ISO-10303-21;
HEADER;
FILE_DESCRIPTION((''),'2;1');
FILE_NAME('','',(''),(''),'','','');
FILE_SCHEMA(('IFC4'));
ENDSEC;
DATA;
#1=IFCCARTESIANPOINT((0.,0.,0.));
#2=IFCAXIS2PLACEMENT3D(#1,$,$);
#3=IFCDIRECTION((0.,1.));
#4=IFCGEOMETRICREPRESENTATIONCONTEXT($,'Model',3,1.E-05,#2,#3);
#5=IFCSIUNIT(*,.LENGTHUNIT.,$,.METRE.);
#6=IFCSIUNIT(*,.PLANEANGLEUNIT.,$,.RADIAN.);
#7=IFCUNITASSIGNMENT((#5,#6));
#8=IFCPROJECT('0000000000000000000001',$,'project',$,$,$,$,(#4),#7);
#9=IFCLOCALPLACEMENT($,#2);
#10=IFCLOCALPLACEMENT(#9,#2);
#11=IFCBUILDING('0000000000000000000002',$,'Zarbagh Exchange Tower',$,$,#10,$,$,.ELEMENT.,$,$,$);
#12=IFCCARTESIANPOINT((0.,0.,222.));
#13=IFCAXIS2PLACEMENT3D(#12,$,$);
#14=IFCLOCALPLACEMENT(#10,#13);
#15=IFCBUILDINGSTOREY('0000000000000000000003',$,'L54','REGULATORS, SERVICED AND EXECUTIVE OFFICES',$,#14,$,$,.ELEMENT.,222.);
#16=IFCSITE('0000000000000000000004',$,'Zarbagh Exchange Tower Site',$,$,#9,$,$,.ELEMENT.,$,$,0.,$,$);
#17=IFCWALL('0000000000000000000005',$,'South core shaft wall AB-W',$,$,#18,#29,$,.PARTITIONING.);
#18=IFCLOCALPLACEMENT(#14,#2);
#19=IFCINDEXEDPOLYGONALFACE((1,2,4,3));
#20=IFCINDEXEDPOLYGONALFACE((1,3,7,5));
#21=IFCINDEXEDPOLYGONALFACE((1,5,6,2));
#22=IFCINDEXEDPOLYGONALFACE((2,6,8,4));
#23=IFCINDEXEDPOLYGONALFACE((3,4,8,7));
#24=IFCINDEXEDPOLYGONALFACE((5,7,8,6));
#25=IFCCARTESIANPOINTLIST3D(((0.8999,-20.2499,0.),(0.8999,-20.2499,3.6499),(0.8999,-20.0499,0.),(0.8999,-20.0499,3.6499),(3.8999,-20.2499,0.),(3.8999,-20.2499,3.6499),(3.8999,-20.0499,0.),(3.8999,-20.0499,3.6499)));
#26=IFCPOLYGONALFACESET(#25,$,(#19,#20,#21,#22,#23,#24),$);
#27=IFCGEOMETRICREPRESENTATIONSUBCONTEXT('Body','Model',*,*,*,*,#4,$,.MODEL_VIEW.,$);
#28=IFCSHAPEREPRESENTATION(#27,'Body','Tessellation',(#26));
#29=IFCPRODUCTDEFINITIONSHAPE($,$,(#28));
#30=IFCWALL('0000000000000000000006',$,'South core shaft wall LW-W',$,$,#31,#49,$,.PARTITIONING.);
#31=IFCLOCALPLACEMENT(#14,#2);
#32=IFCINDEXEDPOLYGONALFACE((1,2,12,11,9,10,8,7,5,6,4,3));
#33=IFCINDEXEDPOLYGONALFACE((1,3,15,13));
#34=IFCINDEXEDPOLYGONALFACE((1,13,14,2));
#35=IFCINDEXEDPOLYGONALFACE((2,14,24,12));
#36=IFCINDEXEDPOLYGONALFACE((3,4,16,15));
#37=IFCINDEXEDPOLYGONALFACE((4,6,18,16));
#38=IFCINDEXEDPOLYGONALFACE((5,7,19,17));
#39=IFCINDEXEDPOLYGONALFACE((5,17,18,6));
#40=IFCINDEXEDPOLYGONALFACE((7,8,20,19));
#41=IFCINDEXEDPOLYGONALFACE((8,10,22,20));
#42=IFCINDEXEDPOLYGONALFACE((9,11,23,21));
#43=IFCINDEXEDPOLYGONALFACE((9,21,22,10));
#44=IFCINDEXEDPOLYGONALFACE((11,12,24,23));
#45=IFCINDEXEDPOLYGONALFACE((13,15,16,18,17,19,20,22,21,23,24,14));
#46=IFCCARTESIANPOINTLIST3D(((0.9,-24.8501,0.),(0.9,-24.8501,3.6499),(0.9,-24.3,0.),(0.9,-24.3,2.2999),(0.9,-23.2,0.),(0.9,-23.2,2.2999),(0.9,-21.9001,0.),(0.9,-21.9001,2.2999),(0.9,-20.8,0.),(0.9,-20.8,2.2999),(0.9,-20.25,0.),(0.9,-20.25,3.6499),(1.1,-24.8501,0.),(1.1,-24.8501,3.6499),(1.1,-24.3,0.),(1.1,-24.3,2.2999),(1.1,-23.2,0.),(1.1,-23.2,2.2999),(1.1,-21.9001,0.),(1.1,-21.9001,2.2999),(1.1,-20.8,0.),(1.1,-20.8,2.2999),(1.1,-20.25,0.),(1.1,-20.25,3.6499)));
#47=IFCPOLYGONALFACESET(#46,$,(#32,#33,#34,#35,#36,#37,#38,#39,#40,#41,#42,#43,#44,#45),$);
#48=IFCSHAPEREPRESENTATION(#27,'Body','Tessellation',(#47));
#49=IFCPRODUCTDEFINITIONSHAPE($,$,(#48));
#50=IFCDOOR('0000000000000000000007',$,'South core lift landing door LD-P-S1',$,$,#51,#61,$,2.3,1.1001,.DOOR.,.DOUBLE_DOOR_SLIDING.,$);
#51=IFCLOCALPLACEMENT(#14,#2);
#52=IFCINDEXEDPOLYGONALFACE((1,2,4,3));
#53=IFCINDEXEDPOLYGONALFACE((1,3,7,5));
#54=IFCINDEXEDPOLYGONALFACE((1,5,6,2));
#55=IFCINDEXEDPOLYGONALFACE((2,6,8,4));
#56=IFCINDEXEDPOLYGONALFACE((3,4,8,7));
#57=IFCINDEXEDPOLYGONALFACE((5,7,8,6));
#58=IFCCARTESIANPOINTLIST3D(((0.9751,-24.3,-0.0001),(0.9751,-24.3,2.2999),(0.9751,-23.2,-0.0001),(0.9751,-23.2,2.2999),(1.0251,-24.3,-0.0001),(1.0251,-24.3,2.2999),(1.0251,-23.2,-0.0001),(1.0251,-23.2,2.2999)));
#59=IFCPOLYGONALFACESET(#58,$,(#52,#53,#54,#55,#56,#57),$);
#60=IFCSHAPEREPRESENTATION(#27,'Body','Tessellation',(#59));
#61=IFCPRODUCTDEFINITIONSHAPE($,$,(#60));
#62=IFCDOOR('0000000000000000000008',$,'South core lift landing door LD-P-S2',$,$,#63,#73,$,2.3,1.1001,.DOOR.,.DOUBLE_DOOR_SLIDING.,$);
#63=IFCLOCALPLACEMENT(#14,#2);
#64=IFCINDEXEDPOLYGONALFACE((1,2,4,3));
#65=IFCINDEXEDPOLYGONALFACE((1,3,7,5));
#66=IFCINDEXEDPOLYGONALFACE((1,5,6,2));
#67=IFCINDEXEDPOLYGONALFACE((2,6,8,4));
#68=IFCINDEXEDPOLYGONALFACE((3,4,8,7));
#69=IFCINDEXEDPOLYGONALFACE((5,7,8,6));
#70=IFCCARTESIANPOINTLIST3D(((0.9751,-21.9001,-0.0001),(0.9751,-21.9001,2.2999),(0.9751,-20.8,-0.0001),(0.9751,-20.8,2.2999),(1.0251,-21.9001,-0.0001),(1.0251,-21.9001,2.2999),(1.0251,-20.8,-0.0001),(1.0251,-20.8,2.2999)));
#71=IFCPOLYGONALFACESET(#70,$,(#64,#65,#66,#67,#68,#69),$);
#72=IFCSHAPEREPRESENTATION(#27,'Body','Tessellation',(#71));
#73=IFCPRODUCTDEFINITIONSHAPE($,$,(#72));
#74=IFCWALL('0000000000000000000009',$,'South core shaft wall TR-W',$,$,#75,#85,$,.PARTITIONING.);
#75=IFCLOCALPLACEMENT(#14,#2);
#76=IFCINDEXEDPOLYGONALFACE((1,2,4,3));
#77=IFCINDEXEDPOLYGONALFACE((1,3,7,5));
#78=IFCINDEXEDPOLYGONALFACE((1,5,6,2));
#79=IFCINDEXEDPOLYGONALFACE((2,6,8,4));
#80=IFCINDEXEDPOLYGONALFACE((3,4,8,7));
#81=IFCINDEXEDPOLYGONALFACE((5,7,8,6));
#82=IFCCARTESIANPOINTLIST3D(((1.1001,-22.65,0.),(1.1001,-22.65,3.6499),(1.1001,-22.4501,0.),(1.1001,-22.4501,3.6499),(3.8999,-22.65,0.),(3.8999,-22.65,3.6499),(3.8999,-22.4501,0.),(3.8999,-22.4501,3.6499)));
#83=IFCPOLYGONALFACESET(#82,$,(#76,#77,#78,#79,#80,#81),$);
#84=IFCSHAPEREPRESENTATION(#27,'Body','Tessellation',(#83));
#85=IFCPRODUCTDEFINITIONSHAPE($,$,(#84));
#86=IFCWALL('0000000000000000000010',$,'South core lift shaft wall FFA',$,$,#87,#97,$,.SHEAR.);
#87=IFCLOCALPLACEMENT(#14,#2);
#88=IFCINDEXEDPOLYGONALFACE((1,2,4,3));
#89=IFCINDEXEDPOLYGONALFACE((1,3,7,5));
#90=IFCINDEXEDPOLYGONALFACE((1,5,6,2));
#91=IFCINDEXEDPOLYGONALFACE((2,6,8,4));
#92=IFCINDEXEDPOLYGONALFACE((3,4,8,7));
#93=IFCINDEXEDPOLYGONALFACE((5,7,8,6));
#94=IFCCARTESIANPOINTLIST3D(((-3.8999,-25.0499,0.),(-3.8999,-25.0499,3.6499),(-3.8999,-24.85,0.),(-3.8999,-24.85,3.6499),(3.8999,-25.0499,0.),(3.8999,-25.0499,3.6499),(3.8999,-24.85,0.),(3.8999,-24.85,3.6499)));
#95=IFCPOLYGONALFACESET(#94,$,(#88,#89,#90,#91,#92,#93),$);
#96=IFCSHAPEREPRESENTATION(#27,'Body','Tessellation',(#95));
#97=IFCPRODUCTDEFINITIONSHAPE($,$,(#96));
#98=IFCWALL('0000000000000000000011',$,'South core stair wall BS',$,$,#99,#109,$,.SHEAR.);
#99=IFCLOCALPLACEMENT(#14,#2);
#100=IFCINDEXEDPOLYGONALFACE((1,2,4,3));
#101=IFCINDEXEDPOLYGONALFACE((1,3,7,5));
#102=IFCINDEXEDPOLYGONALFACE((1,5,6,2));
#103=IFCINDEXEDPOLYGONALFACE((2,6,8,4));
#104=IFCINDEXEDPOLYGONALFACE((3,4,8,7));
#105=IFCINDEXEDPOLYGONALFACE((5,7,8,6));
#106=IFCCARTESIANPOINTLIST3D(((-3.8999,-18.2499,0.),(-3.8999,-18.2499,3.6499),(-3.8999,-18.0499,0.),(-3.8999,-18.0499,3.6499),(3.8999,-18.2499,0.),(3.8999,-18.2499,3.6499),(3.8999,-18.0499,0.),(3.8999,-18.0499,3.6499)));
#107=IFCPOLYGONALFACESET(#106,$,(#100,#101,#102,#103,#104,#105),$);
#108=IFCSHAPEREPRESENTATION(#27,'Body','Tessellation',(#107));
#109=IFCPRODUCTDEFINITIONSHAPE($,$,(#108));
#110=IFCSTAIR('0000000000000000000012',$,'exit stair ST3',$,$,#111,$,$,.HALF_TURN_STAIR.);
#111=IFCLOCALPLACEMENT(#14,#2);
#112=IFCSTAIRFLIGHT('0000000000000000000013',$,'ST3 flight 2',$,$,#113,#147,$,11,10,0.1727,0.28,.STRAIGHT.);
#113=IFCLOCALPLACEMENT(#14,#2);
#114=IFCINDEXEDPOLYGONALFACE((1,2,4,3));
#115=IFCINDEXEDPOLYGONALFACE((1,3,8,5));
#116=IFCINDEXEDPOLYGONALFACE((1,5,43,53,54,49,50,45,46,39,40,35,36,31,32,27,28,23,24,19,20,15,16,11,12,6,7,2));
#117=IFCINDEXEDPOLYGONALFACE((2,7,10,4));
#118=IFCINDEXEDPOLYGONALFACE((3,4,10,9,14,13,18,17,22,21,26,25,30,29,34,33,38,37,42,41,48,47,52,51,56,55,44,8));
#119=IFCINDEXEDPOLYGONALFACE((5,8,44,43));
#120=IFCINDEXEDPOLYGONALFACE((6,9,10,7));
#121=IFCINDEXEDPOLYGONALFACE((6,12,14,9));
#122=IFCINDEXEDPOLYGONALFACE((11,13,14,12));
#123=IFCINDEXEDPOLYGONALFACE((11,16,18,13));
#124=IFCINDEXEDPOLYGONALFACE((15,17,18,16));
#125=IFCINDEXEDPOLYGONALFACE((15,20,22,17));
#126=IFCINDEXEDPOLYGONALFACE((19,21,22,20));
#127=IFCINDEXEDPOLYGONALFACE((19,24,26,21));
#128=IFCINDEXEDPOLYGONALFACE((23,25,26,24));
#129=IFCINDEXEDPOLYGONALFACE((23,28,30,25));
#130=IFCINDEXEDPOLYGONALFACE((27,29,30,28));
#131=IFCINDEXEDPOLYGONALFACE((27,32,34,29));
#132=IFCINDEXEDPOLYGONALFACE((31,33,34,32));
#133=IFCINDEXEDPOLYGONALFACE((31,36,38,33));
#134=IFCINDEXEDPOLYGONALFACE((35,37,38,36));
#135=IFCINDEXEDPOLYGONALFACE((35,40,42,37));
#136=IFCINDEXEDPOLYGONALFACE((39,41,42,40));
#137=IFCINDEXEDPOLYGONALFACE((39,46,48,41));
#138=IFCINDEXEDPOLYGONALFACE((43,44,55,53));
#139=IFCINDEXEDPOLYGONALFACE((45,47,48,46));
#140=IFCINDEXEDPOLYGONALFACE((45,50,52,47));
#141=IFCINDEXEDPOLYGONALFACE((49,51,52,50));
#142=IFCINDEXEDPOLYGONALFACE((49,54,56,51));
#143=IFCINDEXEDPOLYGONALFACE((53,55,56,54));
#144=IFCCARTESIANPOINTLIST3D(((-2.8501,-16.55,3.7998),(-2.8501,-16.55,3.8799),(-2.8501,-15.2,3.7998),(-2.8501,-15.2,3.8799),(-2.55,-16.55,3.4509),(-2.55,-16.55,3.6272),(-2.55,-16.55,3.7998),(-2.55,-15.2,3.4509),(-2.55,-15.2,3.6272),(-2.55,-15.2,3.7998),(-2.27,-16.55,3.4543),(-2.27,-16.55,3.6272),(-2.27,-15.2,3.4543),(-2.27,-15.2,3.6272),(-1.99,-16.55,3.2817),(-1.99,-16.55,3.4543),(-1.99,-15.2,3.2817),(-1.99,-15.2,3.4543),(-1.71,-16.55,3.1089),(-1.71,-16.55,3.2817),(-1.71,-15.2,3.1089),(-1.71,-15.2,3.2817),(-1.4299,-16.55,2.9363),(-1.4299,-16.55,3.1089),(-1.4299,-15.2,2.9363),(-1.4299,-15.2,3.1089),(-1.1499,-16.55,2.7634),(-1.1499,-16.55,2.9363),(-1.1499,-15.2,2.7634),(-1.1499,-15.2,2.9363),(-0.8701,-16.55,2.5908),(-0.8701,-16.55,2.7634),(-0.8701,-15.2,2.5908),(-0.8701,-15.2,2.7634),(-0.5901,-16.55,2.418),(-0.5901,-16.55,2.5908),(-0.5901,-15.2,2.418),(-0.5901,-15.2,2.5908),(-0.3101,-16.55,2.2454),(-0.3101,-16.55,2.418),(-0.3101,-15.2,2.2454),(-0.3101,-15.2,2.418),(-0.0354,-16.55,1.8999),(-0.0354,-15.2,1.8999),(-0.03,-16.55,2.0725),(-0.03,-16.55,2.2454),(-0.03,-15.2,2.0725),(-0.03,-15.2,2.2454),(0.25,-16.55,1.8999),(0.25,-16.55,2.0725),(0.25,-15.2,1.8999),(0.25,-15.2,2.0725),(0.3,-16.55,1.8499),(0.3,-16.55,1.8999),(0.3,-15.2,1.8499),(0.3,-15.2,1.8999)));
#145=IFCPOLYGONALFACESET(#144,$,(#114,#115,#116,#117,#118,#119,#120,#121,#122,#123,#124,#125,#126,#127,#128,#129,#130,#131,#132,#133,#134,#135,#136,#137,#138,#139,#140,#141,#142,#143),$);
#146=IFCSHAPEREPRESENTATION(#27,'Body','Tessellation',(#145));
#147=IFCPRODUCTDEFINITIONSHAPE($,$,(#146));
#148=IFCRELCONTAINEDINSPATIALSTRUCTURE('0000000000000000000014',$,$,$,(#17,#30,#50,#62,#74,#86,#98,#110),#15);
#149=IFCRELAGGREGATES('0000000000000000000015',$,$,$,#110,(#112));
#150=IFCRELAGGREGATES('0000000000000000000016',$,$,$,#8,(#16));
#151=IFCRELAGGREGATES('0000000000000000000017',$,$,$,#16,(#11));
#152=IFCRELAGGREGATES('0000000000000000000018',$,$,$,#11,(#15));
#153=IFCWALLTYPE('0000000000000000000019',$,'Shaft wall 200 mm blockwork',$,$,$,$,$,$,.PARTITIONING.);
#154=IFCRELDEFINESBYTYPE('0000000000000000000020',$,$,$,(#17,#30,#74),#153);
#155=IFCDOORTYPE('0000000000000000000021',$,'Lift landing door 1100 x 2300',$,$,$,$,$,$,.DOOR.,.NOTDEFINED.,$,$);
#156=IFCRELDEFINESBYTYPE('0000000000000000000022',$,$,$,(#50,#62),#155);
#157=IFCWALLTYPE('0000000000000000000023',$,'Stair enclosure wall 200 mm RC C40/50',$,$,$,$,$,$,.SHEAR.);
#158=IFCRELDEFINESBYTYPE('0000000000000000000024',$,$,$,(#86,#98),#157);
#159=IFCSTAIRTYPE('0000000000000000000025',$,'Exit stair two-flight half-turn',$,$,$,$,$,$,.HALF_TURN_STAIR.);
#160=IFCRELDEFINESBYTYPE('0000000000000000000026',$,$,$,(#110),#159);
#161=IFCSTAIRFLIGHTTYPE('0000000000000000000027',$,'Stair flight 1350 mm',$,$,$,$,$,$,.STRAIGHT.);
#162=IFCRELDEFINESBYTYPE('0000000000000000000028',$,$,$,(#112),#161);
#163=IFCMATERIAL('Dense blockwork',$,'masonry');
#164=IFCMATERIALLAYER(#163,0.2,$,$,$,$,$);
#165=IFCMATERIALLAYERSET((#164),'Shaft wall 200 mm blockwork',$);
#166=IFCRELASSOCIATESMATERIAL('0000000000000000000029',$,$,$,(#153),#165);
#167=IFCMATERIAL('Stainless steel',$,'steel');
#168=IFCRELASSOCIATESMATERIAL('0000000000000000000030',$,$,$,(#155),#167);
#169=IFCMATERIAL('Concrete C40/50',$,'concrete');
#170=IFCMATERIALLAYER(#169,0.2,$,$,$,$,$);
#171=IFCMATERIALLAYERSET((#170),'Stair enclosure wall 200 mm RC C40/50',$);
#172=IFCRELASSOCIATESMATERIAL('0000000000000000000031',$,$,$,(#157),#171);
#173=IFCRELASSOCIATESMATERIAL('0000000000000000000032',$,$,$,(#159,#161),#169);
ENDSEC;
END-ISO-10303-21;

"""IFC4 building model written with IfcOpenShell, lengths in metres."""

from ifc_helpers import new_model, si_unit, direction, frame, frame_2d, origin, place, context, subcontext, project, spatial, polyline, rectangle, outline, extrude, material, layer, layer_set, type_object, element, fill, aggregate, save


model = new_model("IFC4")

# Units and contexts
model_context = context("Model", 3, precision=1e-05, world=origin(), true_north=direction((0.0, 1.0)))
body_context = subcontext(model_context, "Body", "Model", "MODEL_VIEW")
ifc_project = project(units=[si_unit("LENGTHUNIT", "METRE"), si_unit("PLANEANGLEUNIT", "RADIAN")], contexts=[model_context])

# Site, building, storey
site_placement = place(None, origin())
site = spatial("IfcSite", under=ifc_project, at=site_placement, Name="Zarbagh Exchange Tower Site", CompositionType="ELEMENT", RefElevation=0.0)
building_placement = place(site_placement, origin())
building = spatial("IfcBuilding", under=site, at=building_placement, Name="Zarbagh Exchange Tower", CompositionType="ELEMENT")
storey_placement = place(building_placement, frame((0.0, 0.0, 222.0)))
storey = spatial("IfcBuildingStorey", under=building, at=storey_placement, Name="L54", Description="REGULATORS, SERVICED AND EXECUTIVE OFFICES", CompositionType="ELEMENT", Elevation=222.0)

# Wall
ifc_material_1 = material(Name="Dense blockwork", Category="masonry")
ifc_layer_1 = layer(ifc_material_1, 0.2)
ifc_layer_set_1 = layer_set([ifc_layer_1], Name="Shaft wall 200 mm blockwork")
wall_type_1 = type_object("IfcWallType", Name="Shaft wall 200 mm blockwork", PredefinedType="PARTITIONING", material=ifc_layer_set_1)
wall_1_placement = place(storey_placement, frame((3.8999, -20.1499, 0.0), z_axis=(0.0, 0.0, 1.0), x_axis=(-1.0, 0.0, 0.0)))
element("IfcWall", 1, at=wall_1_placement, inside=storey, type_object=wall_type_1, Name="South core shaft wall AB-W", PredefinedType="PARTITIONING", context=body_context, shape_type="SweptSolid", body=[
    extrude(rectangle(XDim=3.0, YDim=0.2, at=frame_2d((1.5, 0.0))), origin(), (0.0, 0.0, 1.0), 3.6499),
])

# Wall, openings, doors
wall_2_placement = place(storey_placement, frame((1.0, -24.8501, 0.0), z_axis=(0.0, 0.0, 1.0), x_axis=(0.0, 1.0, 0.0)))
wall_2 = element("IfcWall", 2, at=wall_2_placement, inside=storey, type_object=wall_type_1, Name="South core shaft wall LW-W", PredefinedType="PARTITIONING", context=body_context, shape_type="SweptSolid", body=[
    extrude(rectangle(XDim=4.6001, YDim=0.2, at=frame_2d((2.3, 0.0))), origin(), (0.0, 0.0, 1.0), 3.6499),
])
opening_1_placement = place(wall_2_placement, frame((0.55, 0.0, 0.0)))
opening_1 = element("IfcOpeningElement", 3, at=opening_1_placement, cuts=wall_2, PredefinedType="OPENING", context=body_context, shape_type="SweptSolid", body=[
    extrude(rectangle(XDim=1.1001, YDim=2.3, at=frame_2d((0.55, 1.1499))), frame((0.0, 0.1099, 0.0), z_axis=(0.0, -1.0, 0.0), x_axis=(1.0, 0.0, 0.0)), (0.0, 0.0, 1.0), 0.22),
])
opening_2_placement = place(wall_2_placement, frame((2.95, 0.0, 0.0)))
opening_2 = element("IfcOpeningElement", 4, at=opening_2_placement, cuts=wall_2, PredefinedType="OPENING", context=body_context, shape_type="SweptSolid", body=[
    extrude(rectangle(XDim=1.1001, YDim=2.3, at=frame_2d((0.55, 1.1499))), frame((0.0, 0.1099, 0.0), z_axis=(0.0, -1.0, 0.0), x_axis=(1.0, 0.0, 0.0)), (0.0, 0.0, 1.0), 0.22),
])
ifc_material_2 = material(Name="Stainless steel", Category="steel")
door_type_1 = type_object("IfcDoorType", Name="Lift landing door 1100 x 2300", OperationType="NOTDEFINED", PredefinedType="DOOR", material=ifc_material_2)
door_1_placement = place(opening_1_placement, origin())
door_1 = element("IfcDoor", 5, at=door_1_placement, inside=storey, type_object=door_type_1, Name="South core lift landing door LD-P-S1", OperationType="DOUBLE_DOOR_SLIDING", OverallHeight=2.3, OverallWidth=1.1001, PredefinedType="DOOR", context=body_context, shape_type="SweptSolid", body=[
    extrude(rectangle(XDim=1.1001, YDim=2.3, at=frame_2d((0.55, 1.1499))), frame((0.0, 0.0249, 0.0), z_axis=(0.0, -1.0, 0.0), x_axis=(1.0, 0.0, 0.0)), (0.0, 0.0, 1.0), 0.05),
])
fill(opening_1, door_1)
door_2_placement = place(opening_2_placement, origin())
door_2 = element("IfcDoor", 6, at=door_2_placement, inside=storey, type_object=door_type_1, Name="South core lift landing door LD-P-S2", OperationType="DOUBLE_DOOR_SLIDING", OverallHeight=2.3, OverallWidth=1.1001, PredefinedType="DOOR", context=body_context, shape_type="SweptSolid", body=[
    extrude(rectangle(XDim=1.1001, YDim=2.3, at=frame_2d((0.55, 1.1499))), frame((0.0, 0.0249, 0.0), z_axis=(0.0, -1.0, 0.0), x_axis=(1.0, 0.0, 0.0)), (0.0, 0.0, 1.0), 0.05),
])
fill(opening_2, door_2)

# Walls
wall_3_placement = place(storey_placement, frame((3.8999, -22.55, 0.0), z_axis=(0.0, 0.0, 1.0), x_axis=(-1.0, 0.0, 0.0)))
element("IfcWall", 7, at=wall_3_placement, inside=storey, type_object=wall_type_1, Name="South core shaft wall TR-W", PredefinedType="PARTITIONING", context=body_context, shape_type="SweptSolid", body=[
    extrude(rectangle(XDim=2.7998, YDim=0.2, at=frame_2d((1.3999, 0.0))), origin(), (0.0, 0.0, 1.0), 3.6499),
])
ifc_material_3 = material(Name="Concrete C40/50", Category="concrete")
ifc_layer_2 = layer(ifc_material_3, 0.2)
ifc_layer_set_2 = layer_set([ifc_layer_2], Name="Stair enclosure wall 200 mm RC C40/50")
wall_type_2 = type_object("IfcWallType", Name="Stair enclosure wall 200 mm RC C40/50", PredefinedType="SHEAR", material=ifc_layer_set_2)
for number, where, z_axis, x_axis, name in (
    (8, (3.8999, -24.95, 0.0), (0.0, 0.0, 1.0), (-1.0, 0.0, 0.0), "South core lift shaft wall FFA"),
    (9, (3.8999, -18.1499, 0.0), (0.0, 0.0, 1.0), (-1.0, 0.0, 0.0), "South core stair wall BS"),
):
    element("IfcWall", number, at=place(storey_placement, frame(where, z_axis=z_axis, x_axis=x_axis)), inside=storey, type_object=wall_type_2, Name=name, PredefinedType="SHEAR", context=body_context, shape_type="SweptSolid", body=[
        extrude(rectangle(XDim=7.7998, YDim=0.2, at=frame_2d((3.8999, 0.0))), origin(), (0.0, 0.0, 1.0), 3.6499),
    ])

# Stair, stair flight
stair_type = type_object("IfcStairType", Name="Exit stair two-flight half-turn", PredefinedType="HALF_TURN_STAIR", material=ifc_material_3)
stair_1_placement = place(storey_placement, origin())
stair_1 = element("IfcStair", 10, at=stair_1_placement, inside=storey, type_object=stair_type, Name="exit stair ST3", PredefinedType="HALF_TURN_STAIR")
stair_flight_type_1 = type_object("IfcStairFlightType", Name="Stair flight 1350 mm", PredefinedType="STRAIGHT", material=ifc_material_3)
stair_flight_1_placement = place(storey_placement, frame((0.25, -15.875, 1.8999), z_axis=(0.0, 0.0, 1.0), x_axis=(-1.0, 0.0, 0.0)))
stair_flight_1 = element("IfcStairFlight", 11, at=stair_flight_1_placement, type_object=stair_flight_type_1, Name="ST3 flight 2", NumberOfRisers=11, NumberOfTreads=10, PredefinedType="STRAIGHT", RiserHeight=0.1727, TreadLength=0.28, context=body_context, shape_type="SweptSolid", body=[
    extrude(outline(polyline([(-0.05, -0.05), (-0.05, 0.0), (0.0, 0.0), (0.0, 0.1726), (0.28, 0.1726), (0.28, 0.3455), (0.5601, 0.3455), (0.5601, 0.5181), (0.8401, 0.5181), (0.8401, 0.6909), (1.1201, 0.6909), (1.1201, 0.8635), (1.3999, 0.8635), (1.3999, 1.0364), (1.6799, 1.0364), (1.6799, 1.209), (1.96, 1.209), (1.96, 1.3818), (2.24, 1.3818), (2.24, 1.5544), (2.52, 1.5544), (2.52, 1.7273), (2.8, 1.7273), (2.8, 1.8999), (3.1001, 1.98), (3.1001, 1.8999), (2.8, 1.551), (0.2854, 0.0), (-0.05, -0.05)])), frame((0.0, 0.675, 0.0), z_axis=(0.0, -1.0, 0.0), x_axis=(1.0, 0.0, 0.0)), (0.0, 0.0, 1.0), 1.3501),
])
aggregate(stair_1, [stair_flight_1])

save(model, "model.ifc")
